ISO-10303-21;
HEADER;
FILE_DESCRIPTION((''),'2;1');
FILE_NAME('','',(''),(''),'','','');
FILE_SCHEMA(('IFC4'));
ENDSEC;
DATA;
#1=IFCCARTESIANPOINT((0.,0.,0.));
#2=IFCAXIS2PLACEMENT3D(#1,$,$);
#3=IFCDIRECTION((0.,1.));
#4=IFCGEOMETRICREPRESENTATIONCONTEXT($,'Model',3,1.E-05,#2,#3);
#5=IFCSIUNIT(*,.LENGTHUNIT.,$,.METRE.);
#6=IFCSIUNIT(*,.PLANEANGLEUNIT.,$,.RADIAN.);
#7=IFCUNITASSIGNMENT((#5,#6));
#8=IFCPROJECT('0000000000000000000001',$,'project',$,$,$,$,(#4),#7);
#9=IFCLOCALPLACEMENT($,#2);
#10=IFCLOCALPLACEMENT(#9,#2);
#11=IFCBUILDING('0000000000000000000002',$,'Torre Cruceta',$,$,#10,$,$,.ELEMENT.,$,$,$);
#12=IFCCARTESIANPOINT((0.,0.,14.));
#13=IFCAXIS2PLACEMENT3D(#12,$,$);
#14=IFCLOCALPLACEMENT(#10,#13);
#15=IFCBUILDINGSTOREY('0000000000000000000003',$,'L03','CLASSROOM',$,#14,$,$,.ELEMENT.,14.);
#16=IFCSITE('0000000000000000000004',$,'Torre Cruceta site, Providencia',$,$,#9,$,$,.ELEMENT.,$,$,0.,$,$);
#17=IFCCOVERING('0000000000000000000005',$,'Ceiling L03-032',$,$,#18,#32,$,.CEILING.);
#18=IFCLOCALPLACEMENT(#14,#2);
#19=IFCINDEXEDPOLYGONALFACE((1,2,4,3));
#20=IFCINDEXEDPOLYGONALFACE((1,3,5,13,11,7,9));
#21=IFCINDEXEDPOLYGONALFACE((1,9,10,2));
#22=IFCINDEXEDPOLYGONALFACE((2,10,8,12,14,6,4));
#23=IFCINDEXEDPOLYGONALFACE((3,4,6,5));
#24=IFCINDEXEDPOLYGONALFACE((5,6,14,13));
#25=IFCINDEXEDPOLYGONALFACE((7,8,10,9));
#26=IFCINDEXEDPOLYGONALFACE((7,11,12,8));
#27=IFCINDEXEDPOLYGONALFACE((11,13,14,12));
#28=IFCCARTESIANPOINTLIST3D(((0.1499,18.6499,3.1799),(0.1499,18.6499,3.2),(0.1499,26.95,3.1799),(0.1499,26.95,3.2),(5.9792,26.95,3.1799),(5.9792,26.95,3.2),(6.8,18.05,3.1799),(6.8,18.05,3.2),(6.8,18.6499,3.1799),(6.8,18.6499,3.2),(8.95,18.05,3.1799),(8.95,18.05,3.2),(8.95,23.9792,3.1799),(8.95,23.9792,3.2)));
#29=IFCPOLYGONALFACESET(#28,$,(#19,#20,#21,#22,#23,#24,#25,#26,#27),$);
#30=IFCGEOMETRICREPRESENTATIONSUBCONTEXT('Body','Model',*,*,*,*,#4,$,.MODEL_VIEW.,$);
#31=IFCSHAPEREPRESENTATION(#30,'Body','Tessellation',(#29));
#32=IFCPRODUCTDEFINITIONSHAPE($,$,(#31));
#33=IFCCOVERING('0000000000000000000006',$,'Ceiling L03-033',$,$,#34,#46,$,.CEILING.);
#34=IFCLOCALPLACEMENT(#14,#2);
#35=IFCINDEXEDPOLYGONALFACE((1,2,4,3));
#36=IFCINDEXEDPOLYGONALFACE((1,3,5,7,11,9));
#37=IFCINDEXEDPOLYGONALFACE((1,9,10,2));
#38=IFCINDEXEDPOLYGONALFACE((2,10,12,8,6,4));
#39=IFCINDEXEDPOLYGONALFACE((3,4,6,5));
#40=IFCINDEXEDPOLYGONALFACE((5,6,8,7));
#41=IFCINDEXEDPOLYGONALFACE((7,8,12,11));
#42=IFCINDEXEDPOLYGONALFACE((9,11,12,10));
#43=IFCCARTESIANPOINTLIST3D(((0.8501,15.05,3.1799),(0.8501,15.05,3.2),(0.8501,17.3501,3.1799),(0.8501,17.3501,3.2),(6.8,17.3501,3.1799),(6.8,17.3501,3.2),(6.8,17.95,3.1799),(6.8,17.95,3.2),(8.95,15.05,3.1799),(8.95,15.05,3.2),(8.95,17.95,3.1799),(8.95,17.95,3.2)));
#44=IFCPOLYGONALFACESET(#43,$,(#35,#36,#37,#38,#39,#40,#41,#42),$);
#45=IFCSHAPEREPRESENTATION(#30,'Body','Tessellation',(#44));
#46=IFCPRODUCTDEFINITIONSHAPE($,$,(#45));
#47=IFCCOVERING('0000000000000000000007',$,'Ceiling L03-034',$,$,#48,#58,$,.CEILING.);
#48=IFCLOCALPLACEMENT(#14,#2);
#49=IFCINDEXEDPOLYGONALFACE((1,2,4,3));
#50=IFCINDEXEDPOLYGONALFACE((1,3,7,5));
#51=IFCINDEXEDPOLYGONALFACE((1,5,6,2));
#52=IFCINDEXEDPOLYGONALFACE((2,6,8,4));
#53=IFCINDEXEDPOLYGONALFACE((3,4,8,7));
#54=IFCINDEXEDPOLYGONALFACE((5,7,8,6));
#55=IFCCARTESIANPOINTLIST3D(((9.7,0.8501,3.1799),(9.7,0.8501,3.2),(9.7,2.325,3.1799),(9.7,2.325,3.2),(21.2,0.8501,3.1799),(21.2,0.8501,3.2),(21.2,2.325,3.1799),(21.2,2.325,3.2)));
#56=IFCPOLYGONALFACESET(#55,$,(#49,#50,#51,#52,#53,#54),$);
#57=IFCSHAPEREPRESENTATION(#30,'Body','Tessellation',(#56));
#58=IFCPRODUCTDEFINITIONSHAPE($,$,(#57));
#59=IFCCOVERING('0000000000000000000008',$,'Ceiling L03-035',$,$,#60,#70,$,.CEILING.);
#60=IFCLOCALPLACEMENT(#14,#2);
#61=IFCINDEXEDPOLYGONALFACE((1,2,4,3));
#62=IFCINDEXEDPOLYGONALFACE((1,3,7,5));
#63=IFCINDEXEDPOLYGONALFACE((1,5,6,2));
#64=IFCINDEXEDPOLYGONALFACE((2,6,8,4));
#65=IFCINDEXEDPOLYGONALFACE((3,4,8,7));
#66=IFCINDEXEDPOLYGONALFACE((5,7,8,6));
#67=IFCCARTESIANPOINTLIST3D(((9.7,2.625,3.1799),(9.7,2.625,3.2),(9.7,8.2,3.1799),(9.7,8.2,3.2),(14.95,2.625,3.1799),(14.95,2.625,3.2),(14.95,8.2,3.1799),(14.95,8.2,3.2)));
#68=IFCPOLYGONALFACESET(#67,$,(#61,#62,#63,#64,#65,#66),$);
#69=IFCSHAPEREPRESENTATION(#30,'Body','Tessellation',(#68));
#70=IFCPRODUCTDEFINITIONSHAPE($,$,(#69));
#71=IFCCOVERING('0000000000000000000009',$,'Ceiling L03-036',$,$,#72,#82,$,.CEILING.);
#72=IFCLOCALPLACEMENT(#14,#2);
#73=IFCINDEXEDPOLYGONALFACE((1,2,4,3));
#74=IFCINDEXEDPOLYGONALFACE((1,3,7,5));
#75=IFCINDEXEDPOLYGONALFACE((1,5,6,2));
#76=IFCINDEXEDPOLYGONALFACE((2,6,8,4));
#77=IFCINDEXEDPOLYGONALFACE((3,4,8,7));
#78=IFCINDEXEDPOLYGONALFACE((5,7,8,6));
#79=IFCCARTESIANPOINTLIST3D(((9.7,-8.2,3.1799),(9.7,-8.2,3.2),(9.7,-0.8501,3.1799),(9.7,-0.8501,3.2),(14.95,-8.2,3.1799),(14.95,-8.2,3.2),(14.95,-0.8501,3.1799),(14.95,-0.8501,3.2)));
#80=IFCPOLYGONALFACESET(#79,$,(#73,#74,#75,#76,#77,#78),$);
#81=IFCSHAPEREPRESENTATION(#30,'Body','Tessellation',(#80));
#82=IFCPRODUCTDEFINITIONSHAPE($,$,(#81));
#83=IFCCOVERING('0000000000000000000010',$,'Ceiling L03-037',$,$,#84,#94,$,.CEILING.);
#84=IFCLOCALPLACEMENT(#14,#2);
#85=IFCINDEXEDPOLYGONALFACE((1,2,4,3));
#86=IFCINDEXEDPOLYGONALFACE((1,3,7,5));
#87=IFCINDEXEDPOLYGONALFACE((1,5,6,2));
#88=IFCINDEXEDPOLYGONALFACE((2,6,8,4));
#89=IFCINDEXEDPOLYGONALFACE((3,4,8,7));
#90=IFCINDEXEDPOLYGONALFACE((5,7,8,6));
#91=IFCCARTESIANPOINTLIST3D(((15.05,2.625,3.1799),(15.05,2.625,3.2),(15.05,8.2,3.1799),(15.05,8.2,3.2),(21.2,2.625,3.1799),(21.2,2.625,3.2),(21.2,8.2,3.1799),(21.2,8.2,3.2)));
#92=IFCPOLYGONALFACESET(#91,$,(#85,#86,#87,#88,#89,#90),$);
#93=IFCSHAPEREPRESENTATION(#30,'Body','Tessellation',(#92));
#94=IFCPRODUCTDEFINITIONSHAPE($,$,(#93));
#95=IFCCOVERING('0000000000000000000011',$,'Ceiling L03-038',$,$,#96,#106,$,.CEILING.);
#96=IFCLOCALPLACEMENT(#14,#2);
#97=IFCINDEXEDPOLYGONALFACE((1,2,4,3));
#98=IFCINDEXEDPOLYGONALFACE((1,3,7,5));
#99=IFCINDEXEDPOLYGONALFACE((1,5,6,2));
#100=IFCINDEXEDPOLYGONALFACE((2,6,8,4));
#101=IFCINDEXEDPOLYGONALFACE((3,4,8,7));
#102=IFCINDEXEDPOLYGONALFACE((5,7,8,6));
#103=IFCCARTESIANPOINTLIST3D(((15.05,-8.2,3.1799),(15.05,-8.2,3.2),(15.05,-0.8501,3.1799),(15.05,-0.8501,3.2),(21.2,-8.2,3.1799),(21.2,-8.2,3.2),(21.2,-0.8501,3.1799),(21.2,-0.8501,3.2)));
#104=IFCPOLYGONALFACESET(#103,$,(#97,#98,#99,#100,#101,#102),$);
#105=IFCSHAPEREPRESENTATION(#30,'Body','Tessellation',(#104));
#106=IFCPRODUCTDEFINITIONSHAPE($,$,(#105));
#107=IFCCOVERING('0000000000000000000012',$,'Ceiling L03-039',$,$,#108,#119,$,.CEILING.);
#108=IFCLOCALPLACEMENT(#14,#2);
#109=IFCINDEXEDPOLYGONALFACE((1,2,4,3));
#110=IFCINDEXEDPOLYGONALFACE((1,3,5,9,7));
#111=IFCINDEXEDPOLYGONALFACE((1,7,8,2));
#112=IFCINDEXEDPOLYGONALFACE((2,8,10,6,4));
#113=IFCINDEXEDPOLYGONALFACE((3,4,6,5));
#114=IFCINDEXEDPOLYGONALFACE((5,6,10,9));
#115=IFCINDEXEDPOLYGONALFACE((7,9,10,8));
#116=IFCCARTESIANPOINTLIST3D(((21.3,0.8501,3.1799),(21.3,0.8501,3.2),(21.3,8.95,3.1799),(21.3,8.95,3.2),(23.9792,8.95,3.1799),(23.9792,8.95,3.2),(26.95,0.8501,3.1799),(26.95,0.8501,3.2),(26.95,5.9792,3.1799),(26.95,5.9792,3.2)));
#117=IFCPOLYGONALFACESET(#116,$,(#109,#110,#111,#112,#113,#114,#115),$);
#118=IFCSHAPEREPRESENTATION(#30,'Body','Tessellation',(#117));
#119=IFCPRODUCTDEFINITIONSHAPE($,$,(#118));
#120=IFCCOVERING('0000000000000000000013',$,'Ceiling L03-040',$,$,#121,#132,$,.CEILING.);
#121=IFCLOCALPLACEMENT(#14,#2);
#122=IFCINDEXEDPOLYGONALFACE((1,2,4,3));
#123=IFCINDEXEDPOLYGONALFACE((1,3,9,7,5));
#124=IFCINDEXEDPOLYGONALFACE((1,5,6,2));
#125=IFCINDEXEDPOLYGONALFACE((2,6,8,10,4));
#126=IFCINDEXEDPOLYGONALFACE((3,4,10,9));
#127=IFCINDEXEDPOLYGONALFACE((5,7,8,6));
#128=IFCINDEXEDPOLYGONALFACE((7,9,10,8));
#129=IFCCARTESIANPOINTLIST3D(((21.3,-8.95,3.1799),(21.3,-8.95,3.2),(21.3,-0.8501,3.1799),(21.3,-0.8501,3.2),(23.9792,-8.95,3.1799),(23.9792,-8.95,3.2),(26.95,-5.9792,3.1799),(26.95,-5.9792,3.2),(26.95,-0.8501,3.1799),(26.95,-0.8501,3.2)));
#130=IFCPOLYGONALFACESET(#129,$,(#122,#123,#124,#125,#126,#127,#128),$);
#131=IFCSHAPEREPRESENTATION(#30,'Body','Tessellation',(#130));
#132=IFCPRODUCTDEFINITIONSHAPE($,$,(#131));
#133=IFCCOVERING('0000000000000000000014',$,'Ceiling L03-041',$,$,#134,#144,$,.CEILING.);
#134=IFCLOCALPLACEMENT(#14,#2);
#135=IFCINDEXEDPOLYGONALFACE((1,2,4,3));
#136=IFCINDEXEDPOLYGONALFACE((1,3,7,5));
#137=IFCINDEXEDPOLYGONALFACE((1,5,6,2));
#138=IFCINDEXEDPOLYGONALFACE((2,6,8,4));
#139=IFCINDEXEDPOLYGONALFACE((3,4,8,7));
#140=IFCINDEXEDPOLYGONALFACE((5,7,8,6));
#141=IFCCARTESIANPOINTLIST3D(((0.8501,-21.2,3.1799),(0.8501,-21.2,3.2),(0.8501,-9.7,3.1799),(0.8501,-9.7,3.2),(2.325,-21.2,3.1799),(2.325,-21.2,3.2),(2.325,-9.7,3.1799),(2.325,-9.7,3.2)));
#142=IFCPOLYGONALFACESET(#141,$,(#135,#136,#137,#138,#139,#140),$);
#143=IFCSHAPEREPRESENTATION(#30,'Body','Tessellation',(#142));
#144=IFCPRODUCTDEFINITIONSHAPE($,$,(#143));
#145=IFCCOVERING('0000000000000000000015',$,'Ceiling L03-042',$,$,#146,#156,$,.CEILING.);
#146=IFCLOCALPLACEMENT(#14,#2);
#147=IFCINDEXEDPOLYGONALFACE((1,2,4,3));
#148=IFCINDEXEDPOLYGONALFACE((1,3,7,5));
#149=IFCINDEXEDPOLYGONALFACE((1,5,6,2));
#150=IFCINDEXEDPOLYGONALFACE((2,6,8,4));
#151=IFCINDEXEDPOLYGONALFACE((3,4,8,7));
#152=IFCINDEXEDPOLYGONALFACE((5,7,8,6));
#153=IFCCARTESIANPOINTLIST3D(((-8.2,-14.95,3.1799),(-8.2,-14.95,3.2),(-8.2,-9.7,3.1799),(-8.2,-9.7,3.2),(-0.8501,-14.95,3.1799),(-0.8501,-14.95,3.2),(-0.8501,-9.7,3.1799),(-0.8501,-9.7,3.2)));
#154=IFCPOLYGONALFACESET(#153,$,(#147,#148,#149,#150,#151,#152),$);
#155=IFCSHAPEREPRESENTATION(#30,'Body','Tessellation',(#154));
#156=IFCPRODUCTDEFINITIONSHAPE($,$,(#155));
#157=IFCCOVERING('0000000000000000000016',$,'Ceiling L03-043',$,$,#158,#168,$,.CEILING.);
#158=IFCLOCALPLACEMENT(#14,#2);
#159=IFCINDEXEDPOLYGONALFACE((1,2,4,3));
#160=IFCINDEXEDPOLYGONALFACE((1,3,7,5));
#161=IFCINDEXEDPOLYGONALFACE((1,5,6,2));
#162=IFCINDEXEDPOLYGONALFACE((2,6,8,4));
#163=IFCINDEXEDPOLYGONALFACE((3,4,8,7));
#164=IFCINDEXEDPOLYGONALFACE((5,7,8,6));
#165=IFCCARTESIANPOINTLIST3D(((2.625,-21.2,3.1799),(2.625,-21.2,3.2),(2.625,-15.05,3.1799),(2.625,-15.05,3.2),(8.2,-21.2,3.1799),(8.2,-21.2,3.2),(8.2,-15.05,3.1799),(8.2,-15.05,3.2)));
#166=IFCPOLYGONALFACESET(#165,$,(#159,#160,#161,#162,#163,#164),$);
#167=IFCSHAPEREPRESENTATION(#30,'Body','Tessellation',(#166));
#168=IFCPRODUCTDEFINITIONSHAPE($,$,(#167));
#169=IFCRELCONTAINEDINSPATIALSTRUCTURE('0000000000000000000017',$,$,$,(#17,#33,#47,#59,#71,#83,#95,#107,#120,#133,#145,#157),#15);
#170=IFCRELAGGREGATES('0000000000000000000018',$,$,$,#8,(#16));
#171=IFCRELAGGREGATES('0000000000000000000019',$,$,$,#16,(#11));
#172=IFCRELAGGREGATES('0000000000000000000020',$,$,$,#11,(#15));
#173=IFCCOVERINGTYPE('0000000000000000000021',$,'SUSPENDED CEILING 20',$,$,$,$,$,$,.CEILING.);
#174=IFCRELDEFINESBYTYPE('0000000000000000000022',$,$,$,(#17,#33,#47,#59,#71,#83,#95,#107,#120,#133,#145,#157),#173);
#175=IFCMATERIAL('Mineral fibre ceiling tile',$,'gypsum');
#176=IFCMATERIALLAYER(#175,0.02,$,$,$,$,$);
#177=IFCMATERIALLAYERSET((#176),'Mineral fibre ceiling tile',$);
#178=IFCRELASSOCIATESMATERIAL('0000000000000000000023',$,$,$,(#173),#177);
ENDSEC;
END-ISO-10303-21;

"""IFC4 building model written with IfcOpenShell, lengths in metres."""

from ifc_helpers import new_model, si_unit, direction, frame, origin, place, context, subcontext, project, spatial, polyline, outline, extrude, material, layer, layer_set, type_object, element, save


model = new_model("IFC4")

# Units and contexts
model_context = context("Model", 3, precision=1e-05, world=origin(), true_north=direction((0.0, 1.0)))
body_context = subcontext(model_context, "Body", "Model", "MODEL_VIEW")
ifc_project = project(units=[si_unit("LENGTHUNIT", "METRE"), si_unit("PLANEANGLEUNIT", "RADIAN")], contexts=[model_context])

# Site, building, storey
site_placement = place(None, origin())
site = spatial("IfcSite", under=ifc_project, at=site_placement, Name="Torre Cruceta site, Providencia", CompositionType="ELEMENT", RefElevation=0.0)
building_placement = place(site_placement, origin())
building = spatial("IfcBuilding", under=site, at=building_placement, Name="Torre Cruceta", CompositionType="ELEMENT")
storey_placement = place(building_placement, frame((0.0, 0.0, 14.0)))
storey = spatial("IfcBuildingStorey", under=building, at=storey_placement, Name="L03", Description="CLASSROOM", CompositionType="ELEMENT", Elevation=14.0)

# Coverings
ifc_material_1 = material(Name="Mineral fibre ceiling tile", Category="gypsum")
ifc_layer_1 = layer(ifc_material_1, 0.02)
ifc_layer_set_1 = layer_set([ifc_layer_1], Name="Mineral fibre ceiling tile")
covering_type = type_object("IfcCoveringType", Name="SUSPENDED CEILING 20", PredefinedType="CEILING", material=ifc_layer_set_1)
covering_1_placement = place(storey_placement, frame((0.0, 0.0, 3.1799)))
element("IfcCovering", 1, at=covering_1_placement, inside=storey, type_object=covering_type, Name="Ceiling L03-032", PredefinedType="CEILING", context=body_context, shape_type="SweptSolid", body=[
    extrude(outline(polyline([(6.8, 18.05), (6.8, 18.6499), (0.1499, 18.6499), (0.1499, 26.95), (5.9792, 26.95), (8.95, 23.9792), (8.95, 18.05), (6.8, 18.05)])), origin(), (0.0, 0.0, 1.0), 0.02),
])
covering_2_placement = place(storey_placement, frame((0.0, 0.0, 3.1799)))
element("IfcCovering", 2, at=covering_2_placement, inside=storey, type_object=covering_type, Name="Ceiling L03-033", PredefinedType="CEILING", context=body_context, shape_type="SweptSolid", body=[
    extrude(outline(polyline([(0.8501, 15.05), (0.8501, 17.3501), (6.8, 17.3501), (6.8, 17.95), (8.95, 17.95), (8.95, 15.05), (0.8501, 15.05)])), origin(), (0.0, 0.0, 1.0), 0.02),
])
covering_3_placement = place(storey_placement, frame((0.0, 0.0, 3.1799)))
element("IfcCovering", 3, at=covering_3_placement, inside=storey, type_object=covering_type, Name="Ceiling L03-034", PredefinedType="CEILING", context=body_context, shape_type="SweptSolid", body=[
    extrude(outline(polyline([(9.7, 0.8501), (9.7, 2.325), (21.2, 2.325), (21.2, 0.8501), (9.7, 0.8501)])), origin(), (0.0, 0.0, 1.0), 0.02),
])
covering_4_placement = place(storey_placement, frame((0.0, 0.0, 3.1799)))
element("IfcCovering", 4, at=covering_4_placement, inside=storey, type_object=covering_type, Name="Ceiling L03-035", PredefinedType="CEILING", context=body_context, shape_type="SweptSolid", body=[
    extrude(outline(polyline([(9.7, 2.625), (9.7, 8.2), (14.95, 8.2), (14.95, 2.625), (9.7, 2.625)])), origin(), (0.0, 0.0, 1.0), 0.02),
])
covering_5_placement = place(storey_placement, frame((0.0, 0.0, 3.1799)))
element("IfcCovering", 5, at=covering_5_placement, inside=storey, type_object=covering_type, Name="Ceiling L03-036", PredefinedType="CEILING", context=body_context, shape_type="SweptSolid", body=[
    extrude(outline(polyline([(9.7, -8.2), (9.7, -0.8501), (14.95, -0.8501), (14.95, -8.2), (9.7, -8.2)])), origin(), (0.0, 0.0, 1.0), 0.02),
])
covering_6_placement = place(storey_placement, frame((0.0, 0.0, 3.1799)))
element("IfcCovering", 6, at=covering_6_placement, inside=storey, type_object=covering_type, Name="Ceiling L03-037", PredefinedType="CEILING", context=body_context, shape_type="SweptSolid", body=[
    extrude(outline(polyline([(15.05, 2.625), (15.05, 8.2), (21.2, 8.2), (21.2, 2.625), (15.05, 2.625)])), origin(), (0.0, 0.0, 1.0), 0.02),
])
covering_7_placement = place(storey_placement, frame((0.0, 0.0, 3.1799)))
element("IfcCovering", 7, at=covering_7_placement, inside=storey, type_object=covering_type, Name="Ceiling L03-038", PredefinedType="CEILING", context=body_context, shape_type="SweptSolid", body=[
    extrude(outline(polyline([(15.05, -8.2), (15.05, -0.8501), (21.2, -0.8501), (21.2, -8.2), (15.05, -8.2)])), origin(), (0.0, 0.0, 1.0), 0.02),
])
covering_8_placement = place(storey_placement, frame((0.0, 0.0, 3.1799)))
element("IfcCovering", 8, at=covering_8_placement, inside=storey, type_object=covering_type, Name="Ceiling L03-039", PredefinedType="CEILING", context=body_context, shape_type="SweptSolid", body=[
    extrude(outline(polyline([(21.3, 8.95), (23.9792, 8.95), (26.95, 5.9792), (26.95, 0.8501), (21.3, 0.8501), (21.3, 8.95)])), origin(), (0.0, 0.0, 1.0), 0.02),
])
covering_9_placement = place(storey_placement, frame((0.0, 0.0, 3.1799)))
element("IfcCovering", 9, at=covering_9_placement, inside=storey, type_object=covering_type, Name="Ceiling L03-040", PredefinedType="CEILING", context=body_context, shape_type="SweptSolid", body=[
    extrude(outline(polyline([(26.95, -5.9792), (23.9792, -8.95), (21.3, -8.95), (21.3, -0.8501), (26.95, -0.8501), (26.95, -5.9792)])), origin(), (0.0, 0.0, 1.0), 0.02),
])
covering_10_placement = place(storey_placement, frame((0.0, 0.0, 3.1799)))
element("IfcCovering", 10, at=covering_10_placement, inside=storey, type_object=covering_type, Name="Ceiling L03-041", PredefinedType="CEILING", context=body_context, shape_type="SweptSolid", body=[
    extrude(outline(polyline([(0.8501, -9.7), (2.325, -9.7), (2.325, -21.2), (0.8501, -21.2), (0.8501, -9.7)])), origin(), (0.0, 0.0, 1.0), 0.02),
])
covering_11_placement = place(storey_placement, frame((0.0, 0.0, 3.1799)))
element("IfcCovering", 11, at=covering_11_placement, inside=storey, type_object=covering_type, Name="Ceiling L03-042", PredefinedType="CEILING", context=body_context, shape_type="SweptSolid", body=[
    extrude(outline(polyline([(-8.2, -9.7), (-0.8501, -9.7), (-0.8501, -14.95), (-8.2, -14.95), (-8.2, -9.7)])), origin(), (0.0, 0.0, 1.0), 0.02),
])
covering_12_placement = place(storey_placement, frame((0.0, 0.0, 3.1799)))
element("IfcCovering", 12, at=covering_12_placement, inside=storey, type_object=covering_type, Name="Ceiling L03-043", PredefinedType="CEILING", context=body_context, shape_type="SweptSolid", body=[
    extrude(outline(polyline([(2.625, -15.05), (8.2, -15.05), (8.2, -21.2), (2.625, -21.2), (2.625, -15.05)])), origin(), (0.0, 0.0, 1.0), 0.02),
])

save(model, "model.ifc")
